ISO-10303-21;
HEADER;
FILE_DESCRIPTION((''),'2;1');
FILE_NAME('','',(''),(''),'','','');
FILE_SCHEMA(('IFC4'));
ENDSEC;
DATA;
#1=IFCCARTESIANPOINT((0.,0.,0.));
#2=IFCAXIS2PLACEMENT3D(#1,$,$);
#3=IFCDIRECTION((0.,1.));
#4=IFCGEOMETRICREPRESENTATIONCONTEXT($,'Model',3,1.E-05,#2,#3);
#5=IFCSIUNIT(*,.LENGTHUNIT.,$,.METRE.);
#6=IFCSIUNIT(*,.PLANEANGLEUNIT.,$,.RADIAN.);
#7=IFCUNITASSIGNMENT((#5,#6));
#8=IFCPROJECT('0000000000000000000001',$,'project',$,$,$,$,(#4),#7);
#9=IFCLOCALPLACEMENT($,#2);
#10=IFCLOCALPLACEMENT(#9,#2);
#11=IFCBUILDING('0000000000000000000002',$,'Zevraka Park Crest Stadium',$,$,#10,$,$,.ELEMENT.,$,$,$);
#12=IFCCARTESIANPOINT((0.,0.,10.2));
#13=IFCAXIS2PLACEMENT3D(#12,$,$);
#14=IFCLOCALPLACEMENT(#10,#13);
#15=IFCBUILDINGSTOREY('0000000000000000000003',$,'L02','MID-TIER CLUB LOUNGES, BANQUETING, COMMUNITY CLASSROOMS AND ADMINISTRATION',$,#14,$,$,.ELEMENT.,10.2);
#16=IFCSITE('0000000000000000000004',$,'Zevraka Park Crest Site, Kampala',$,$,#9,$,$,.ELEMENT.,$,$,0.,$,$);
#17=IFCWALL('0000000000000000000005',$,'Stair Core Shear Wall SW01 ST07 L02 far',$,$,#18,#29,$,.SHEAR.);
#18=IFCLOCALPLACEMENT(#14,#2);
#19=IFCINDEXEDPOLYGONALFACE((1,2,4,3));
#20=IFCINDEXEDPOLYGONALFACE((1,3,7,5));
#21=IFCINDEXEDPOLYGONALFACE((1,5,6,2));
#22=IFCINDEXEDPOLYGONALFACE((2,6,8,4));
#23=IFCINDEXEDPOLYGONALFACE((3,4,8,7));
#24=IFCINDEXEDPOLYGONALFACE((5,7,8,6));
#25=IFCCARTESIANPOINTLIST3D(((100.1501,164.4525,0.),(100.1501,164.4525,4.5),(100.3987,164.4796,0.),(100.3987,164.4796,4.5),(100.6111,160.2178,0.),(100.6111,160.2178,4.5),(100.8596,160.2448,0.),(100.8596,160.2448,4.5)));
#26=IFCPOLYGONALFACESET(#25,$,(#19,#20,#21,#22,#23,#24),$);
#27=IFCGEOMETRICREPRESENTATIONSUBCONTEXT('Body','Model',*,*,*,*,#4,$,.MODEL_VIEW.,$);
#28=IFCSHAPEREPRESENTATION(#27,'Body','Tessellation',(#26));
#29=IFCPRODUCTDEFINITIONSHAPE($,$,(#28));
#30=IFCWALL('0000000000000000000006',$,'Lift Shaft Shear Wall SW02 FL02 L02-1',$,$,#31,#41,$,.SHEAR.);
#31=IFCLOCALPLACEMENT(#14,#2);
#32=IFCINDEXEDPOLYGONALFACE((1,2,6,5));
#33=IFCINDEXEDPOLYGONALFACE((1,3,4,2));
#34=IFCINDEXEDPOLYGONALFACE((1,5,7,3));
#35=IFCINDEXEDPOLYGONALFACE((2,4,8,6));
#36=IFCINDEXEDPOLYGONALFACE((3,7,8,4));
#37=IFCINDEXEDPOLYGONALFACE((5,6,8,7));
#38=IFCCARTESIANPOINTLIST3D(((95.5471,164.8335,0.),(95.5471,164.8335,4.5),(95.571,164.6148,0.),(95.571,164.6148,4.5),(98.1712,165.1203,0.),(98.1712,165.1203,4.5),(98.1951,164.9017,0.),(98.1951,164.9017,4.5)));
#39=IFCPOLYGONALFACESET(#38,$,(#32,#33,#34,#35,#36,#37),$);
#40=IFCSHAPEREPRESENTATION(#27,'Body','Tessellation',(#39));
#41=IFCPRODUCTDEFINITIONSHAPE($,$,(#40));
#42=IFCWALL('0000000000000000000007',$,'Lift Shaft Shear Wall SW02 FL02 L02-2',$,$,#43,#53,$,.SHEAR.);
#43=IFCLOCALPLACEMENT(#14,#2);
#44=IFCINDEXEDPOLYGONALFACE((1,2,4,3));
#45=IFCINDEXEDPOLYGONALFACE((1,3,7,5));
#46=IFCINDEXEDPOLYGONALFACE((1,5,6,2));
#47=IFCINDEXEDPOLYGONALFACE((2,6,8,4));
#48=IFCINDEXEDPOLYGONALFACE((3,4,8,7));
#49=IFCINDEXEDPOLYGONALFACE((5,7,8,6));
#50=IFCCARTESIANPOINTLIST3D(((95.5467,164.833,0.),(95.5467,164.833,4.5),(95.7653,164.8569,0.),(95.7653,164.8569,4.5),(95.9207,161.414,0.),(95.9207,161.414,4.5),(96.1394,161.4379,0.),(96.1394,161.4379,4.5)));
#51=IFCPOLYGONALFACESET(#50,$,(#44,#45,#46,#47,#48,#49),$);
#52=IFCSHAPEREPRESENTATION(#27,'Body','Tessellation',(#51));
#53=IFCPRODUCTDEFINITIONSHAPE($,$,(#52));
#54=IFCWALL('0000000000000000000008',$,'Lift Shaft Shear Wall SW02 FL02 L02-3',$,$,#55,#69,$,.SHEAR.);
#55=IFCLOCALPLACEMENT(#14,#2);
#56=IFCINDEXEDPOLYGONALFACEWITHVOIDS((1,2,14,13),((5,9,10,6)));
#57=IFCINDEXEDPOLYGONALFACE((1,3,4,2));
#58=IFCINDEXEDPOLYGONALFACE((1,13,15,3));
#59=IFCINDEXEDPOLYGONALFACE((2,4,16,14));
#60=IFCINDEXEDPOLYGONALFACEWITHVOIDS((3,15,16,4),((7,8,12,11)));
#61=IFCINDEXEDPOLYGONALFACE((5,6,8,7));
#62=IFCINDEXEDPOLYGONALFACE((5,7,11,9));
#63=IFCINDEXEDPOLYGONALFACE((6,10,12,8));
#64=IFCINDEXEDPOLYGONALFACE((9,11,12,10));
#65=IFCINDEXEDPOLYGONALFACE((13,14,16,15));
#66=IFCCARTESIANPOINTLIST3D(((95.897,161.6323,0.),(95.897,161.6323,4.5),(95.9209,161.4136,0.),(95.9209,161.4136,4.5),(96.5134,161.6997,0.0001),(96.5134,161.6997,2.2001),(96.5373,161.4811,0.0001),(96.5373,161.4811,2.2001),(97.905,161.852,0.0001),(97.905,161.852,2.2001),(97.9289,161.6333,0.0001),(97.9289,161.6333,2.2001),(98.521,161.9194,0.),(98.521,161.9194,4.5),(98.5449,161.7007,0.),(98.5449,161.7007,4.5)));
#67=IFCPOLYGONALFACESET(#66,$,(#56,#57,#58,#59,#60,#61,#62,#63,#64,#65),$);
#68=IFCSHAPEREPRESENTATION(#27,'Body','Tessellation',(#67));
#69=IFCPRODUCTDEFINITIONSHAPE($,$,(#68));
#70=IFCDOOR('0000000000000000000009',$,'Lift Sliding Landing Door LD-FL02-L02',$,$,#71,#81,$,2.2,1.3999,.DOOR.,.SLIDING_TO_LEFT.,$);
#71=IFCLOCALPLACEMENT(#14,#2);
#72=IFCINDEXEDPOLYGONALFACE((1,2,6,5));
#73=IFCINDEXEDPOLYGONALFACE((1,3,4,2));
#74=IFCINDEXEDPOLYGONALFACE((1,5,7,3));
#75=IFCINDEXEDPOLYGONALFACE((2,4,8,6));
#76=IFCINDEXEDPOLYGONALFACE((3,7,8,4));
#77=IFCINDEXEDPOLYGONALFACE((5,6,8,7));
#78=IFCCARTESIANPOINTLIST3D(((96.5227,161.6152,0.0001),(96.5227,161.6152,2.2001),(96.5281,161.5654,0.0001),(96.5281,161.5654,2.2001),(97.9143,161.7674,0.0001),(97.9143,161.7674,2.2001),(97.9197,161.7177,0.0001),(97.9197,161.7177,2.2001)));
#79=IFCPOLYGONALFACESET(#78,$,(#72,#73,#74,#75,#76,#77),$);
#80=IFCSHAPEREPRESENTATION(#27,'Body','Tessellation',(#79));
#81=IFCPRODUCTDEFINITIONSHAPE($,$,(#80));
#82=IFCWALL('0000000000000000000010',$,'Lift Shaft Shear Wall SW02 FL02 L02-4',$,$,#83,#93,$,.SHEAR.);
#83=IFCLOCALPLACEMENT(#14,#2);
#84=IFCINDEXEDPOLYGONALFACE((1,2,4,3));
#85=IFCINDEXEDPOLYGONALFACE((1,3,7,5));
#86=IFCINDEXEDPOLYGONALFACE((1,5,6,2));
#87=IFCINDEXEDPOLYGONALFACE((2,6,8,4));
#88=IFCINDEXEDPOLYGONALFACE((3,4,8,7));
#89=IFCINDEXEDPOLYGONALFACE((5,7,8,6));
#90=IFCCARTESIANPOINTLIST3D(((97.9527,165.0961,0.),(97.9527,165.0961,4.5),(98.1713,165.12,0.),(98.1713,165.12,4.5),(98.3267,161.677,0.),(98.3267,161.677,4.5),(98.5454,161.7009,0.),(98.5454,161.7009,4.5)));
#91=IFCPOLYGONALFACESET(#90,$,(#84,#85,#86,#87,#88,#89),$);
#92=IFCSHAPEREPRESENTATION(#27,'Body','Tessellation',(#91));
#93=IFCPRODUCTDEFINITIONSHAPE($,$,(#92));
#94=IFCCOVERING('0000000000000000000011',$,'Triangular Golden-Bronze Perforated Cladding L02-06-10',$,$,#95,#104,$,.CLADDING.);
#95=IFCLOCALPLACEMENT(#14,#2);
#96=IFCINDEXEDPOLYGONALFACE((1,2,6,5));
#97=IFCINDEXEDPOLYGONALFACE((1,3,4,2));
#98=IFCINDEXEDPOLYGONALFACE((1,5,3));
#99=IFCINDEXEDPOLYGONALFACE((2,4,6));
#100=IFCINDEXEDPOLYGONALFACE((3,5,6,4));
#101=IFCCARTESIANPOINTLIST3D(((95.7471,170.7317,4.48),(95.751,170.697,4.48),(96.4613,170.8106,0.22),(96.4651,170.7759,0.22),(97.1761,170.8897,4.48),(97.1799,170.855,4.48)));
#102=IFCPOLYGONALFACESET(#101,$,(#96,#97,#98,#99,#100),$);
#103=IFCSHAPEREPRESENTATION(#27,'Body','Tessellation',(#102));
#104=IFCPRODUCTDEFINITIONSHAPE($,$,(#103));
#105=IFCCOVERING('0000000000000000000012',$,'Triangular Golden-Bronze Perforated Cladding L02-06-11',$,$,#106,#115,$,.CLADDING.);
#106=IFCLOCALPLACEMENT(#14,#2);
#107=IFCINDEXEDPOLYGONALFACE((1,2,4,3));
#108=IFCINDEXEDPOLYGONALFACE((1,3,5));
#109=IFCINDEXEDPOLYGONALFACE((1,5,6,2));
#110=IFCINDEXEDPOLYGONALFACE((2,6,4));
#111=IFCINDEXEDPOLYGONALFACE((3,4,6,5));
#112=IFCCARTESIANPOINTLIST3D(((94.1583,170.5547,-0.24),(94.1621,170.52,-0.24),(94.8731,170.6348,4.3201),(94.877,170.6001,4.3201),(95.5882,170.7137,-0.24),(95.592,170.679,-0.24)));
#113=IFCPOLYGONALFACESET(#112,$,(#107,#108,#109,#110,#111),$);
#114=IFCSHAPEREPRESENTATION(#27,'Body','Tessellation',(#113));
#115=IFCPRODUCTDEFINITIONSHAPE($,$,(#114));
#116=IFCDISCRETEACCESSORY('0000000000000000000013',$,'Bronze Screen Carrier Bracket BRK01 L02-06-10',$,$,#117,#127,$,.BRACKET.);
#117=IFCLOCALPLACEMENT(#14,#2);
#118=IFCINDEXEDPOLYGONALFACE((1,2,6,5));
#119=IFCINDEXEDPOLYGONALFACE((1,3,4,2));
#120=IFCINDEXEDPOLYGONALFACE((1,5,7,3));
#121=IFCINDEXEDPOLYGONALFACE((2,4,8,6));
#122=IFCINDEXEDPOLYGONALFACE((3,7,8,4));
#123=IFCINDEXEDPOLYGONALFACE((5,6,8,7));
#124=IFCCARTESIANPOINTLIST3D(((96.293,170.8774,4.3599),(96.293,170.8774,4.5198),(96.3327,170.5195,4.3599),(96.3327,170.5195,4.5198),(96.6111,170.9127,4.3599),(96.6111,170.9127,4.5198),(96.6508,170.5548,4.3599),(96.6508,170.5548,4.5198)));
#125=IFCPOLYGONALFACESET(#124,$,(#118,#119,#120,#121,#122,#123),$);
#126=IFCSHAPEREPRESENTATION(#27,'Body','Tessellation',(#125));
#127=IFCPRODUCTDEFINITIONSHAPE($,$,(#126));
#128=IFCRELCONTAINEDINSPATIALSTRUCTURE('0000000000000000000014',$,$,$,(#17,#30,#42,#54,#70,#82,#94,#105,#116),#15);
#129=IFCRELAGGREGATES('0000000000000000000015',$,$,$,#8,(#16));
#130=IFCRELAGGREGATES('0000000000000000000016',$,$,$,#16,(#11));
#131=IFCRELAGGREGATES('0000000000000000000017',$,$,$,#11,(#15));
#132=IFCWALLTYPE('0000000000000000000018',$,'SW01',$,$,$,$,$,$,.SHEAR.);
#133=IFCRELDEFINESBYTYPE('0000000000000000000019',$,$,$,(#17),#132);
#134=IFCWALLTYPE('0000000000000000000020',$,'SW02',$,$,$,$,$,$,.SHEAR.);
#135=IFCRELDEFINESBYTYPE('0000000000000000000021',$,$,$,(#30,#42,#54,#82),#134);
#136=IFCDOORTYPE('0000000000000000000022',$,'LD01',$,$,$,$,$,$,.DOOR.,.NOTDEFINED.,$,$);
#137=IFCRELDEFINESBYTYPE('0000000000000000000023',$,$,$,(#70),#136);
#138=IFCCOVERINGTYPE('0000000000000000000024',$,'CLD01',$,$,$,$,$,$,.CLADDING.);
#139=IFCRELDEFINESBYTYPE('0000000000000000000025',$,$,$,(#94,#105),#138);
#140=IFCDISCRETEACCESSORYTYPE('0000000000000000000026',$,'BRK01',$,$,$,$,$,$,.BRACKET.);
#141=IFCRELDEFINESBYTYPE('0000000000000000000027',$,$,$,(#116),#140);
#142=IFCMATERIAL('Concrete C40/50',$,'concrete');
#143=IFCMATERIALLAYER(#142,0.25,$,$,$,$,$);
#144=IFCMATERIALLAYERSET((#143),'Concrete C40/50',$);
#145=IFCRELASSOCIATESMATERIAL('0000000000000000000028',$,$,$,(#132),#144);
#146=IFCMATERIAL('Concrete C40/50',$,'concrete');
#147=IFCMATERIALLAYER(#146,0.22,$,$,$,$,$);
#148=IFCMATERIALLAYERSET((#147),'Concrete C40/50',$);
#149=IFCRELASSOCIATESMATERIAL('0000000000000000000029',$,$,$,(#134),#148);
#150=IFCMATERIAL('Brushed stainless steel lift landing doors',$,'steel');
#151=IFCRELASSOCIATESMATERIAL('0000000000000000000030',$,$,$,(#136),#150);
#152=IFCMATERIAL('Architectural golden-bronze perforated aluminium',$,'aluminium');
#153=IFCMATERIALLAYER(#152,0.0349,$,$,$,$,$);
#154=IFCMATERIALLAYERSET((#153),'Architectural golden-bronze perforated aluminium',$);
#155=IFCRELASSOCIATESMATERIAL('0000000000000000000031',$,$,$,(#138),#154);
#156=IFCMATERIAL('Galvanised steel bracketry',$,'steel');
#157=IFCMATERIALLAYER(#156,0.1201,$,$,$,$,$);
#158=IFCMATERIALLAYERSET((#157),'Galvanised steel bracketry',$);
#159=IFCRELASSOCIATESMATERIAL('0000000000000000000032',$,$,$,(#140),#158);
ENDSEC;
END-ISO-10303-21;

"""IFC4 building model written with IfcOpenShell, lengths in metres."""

from ifc_helpers import new_model, si_unit, direction, frame, frame_2d, origin, origin_2d, place, context, subcontext, project, spatial, polyline, rectangle, outline, extrude, material, layer, layer_set, type_object, element, fill, save


model = new_model("IFC4")

# Units and contexts
model_context = context("Model", 3, precision=1e-05, world=origin(), true_north=direction((0.0, 1.0)))
body_context = subcontext(model_context, "Body", "Model", "MODEL_VIEW")
ifc_project = project(units=[si_unit("LENGTHUNIT", "METRE"), si_unit("PLANEANGLEUNIT", "RADIAN")], contexts=[model_context])

# Site, building, storey
site_placement = place(None, origin())
site = spatial("IfcSite", under=ifc_project, at=site_placement, Name="Zevraka Park Crest Site, Kampala", CompositionType="ELEMENT", RefElevation=0.0)
building_placement = place(site_placement, origin())
building = spatial("IfcBuilding", under=site, at=building_placement, Name="Zevraka Park Crest Stadium", CompositionType="ELEMENT")
storey_placement = place(building_placement, frame((0.0, 0.0, 10.2)))
storey = spatial("IfcBuildingStorey", under=building, at=storey_placement, Name="L02", Description="MID-TIER CLUB LOUNGES, BANQUETING, COMMUNITY CLASSROOMS AND ADMINISTRATION", CompositionType="ELEMENT", Elevation=10.2)

# Walls
ifc_material_1 = material(Name="Concrete C40/50", Category="concrete")
ifc_layer_1 = layer(ifc_material_1, 0.25)
ifc_layer_set_1 = layer_set([ifc_layer_1], Name="Concrete C40/50")
wall_type_1 = type_object("IfcWallType", Name="SW01", PredefinedType="SHEAR", material=ifc_layer_set_1)
wall_1_placement = place(storey_placement, frame((100.2744, 164.4661, 0.0), z_axis=(0.0, 0.0, 1.0), x_axis=(0.108204, -0.994129, 0.0)))
element("IfcWall", 1, at=wall_1_placement, inside=storey, type_object=wall_type_1, Name="Stair Core Shear Wall SW01 ST07 L02 far", PredefinedType="SHEAR", context=body_context, shape_type="SweptSolid", body=[
    extrude(rectangle(XDim=4.2598, YDim=0.25, at=frame_2d((2.1299, 0.0))), origin(), (0.0, 0.0, 1.0), 4.5),
])
ifc_material_2 = material(Name="Concrete C40/50", Category="concrete")
ifc_layer_2 = layer(ifc_material_2, 0.22)
ifc_layer_set_2 = layer_set([ifc_layer_2], Name="Concrete C40/50")
wall_type_2 = type_object("IfcWallType", Name="SW02", PredefinedType="SHEAR", material=ifc_layer_set_2)
wall_2_placement = place(storey_placement, frame((98.1831, 165.011, 0.0), z_axis=(0.0, 0.0, 1.0), x_axis=(-0.994077, -0.108675, 0.0)))
element("IfcWall", 2, at=wall_2_placement, inside=storey, type_object=wall_type_2, Name="Lift Shaft Shear Wall SW02 FL02 L02-1", PredefinedType="SHEAR", context=body_context, shape_type="SweptSolid", body=[
    extrude(rectangle(XDim=2.6396, YDim=0.22, at=frame_2d((1.3198, 0.0))), origin(), (0.0, 0.0, 1.0), 4.5),
])
wall_3_placement = place(storey_placement, frame((95.656, 164.845, 0.0), z_axis=(0.0, 0.0, 1.0), x_axis=(0.108749, -0.994069, 0.0)))
element("IfcWall", 3, at=wall_3_placement, inside=storey, type_object=wall_type_2, Name="Lift Shaft Shear Wall SW02 FL02 L02-2", PredefinedType="SHEAR", context=body_context, shape_type="SweptSolid", body=[
    extrude(rectangle(XDim=3.4395, YDim=0.22, at=frame_2d((1.7197, 0.0))), origin(), (0.0, 0.0, 1.0), 4.5),
])

# Wall, opening, door
wall_4_placement = place(storey_placement, frame((95.9089, 161.5229, 0.0), z_axis=(0.0, 0.0, 1.0), x_axis=(0.994067, 0.108767, 0.0)))
wall_4 = element("IfcWall", 4, at=wall_4_placement, inside=storey, type_object=wall_type_2, Name="Lift Shaft Shear Wall SW02 FL02 L02-3", PredefinedType="SHEAR", context=body_context, shape_type="SweptSolid", body=[
    extrude(rectangle(XDim=2.6396, YDim=0.22, at=frame_2d((1.3198, 0.0))), origin(), (0.0, 0.0, 1.0), 4.5),
])
opening_placement = place(wall_4_placement, frame((0.6201, 0.0, 0.0)))
opening = element("IfcOpeningElement", 5, at=opening_placement, cuts=wall_4, PredefinedType="OPENING", context=body_context, shape_type="SweptSolid", body=[
    extrude(rectangle(XDim=1.3999, YDim=2.2, at=frame_2d((0.7, 1.1001))), frame((0.0, 0.1199, 0.0), z_axis=(0.0, -1.0, 0.0), x_axis=(1.0, 0.0, 0.0)), (0.0, 0.0, 1.0), 0.24),
])
ifc_material_3 = material(Name="Brushed stainless steel lift landing doors", Category="steel")
door_type = type_object("IfcDoorType", Name="LD01", OperationType="NOTDEFINED", PredefinedType="DOOR", material=ifc_material_3)
door_placement = place(opening_placement, origin())
door = element("IfcDoor", 6, at=door_placement, inside=storey, type_object=door_type, Name="Lift Sliding Landing Door LD-FL02-L02", OperationType="SLIDING_TO_LEFT", OverallHeight=2.2, OverallWidth=1.3999, PredefinedType="DOOR", context=body_context, shape_type="SweptSolid", body=[
    extrude(rectangle(XDim=1.3999, YDim=2.2, at=frame_2d((0.7, 1.1001))), frame((0.0, 0.0249, 0.0), z_axis=(0.0, -1.0, 0.0), x_axis=(1.0, 0.0, 0.0)), (0.0, 0.0, 1.0), 0.05),
])
fill(opening, door)

# Wall
wall_5_placement = place(storey_placement, frame((98.436, 161.689, 0.0), z_axis=(0.0, 0.0, 1.0), x_axis=(-0.108749, 0.994069, 0.0)))
element("IfcWall", 7, at=wall_5_placement, inside=storey, type_object=wall_type_2, Name="Lift Shaft Shear Wall SW02 FL02 L02-4", PredefinedType="SHEAR", context=body_context, shape_type="SweptSolid", body=[
    extrude(rectangle(XDim=3.4395, YDim=0.22, at=frame_2d((1.7197, 0.0))), origin(), (0.0, 0.0, 1.0), 4.5),
])

# Coverings
ifc_material_4 = material(Name="Architectural golden-bronze perforated aluminium", Category="aluminium")
ifc_layer_3 = layer(ifc_material_4, 0.0349)
ifc_layer_set_3 = layer_set([ifc_layer_3], Name="Architectural golden-bronze perforated aluminium")
covering_type = type_object("IfcCoveringType", Name="CLD01", PredefinedType="CLADDING", material=ifc_layer_set_3)
covering_1_placement = place(storey_placement, frame((95.751, 170.697, 4.48), z_axis=(0.109872, -0.993946, 0.000019), x_axis=(0.993946, 0.109872, 0.0)))
element("IfcCovering", 8, at=covering_1_placement, inside=storey, type_object=covering_type, Name="Triangular Golden-Bronze Perforated Cladding L02-06-10", PredefinedType="CLADDING", context=body_context, shape_type="SweptSolid", body=[
    extrude(outline(polyline([(0.0, 0.0), (1.4377, 0.0), (0.7185, -4.26), (0.0, 0.0)])), origin(), (0.0, 0.0, -1.0), 0.0349),
])
covering_2_placement = place(storey_placement, frame((95.592, 170.679, -0.24), z_axis=(0.110469, -0.99388, 0.000136), x_axis=(-0.99388, -0.110469, 0.0)))
element("IfcCovering", 9, at=covering_2_placement, inside=storey, type_object=covering_type, Name="Triangular Golden-Bronze Perforated Cladding L02-06-11", PredefinedType="CLADDING", context=body_context, shape_type="SweptSolid", body=[
    extrude(outline(polyline([(0.0, 0.0), (1.4387, 0.0), (0.7194, -4.5601), (0.0, 0.0)])), origin(), (0.0, 0.0, -1.0), 0.0349),
])

# Discrete accessory
ifc_material_5 = material(Name="Galvanised steel bracketry", Category="steel")
ifc_layer_4 = layer(ifc_material_5, 0.1201)
ifc_layer_set_4 = layer_set([ifc_layer_4], Name="Galvanised steel bracketry")
discrete_accessory_type = type_object("IfcDiscreteAccessoryType", Name="BRK01", PredefinedType="BRACKET", material=ifc_layer_set_4)
discrete_accessory_placement = place(storey_placement, frame((96.4719, 170.7161, 4.3599), z_axis=(0.0, 0.0, 1.0), x_axis=(-0.993903, -0.110255, 0.0)))
element("IfcDiscreteAccessory", 10, at=discrete_accessory_placement, inside=storey, type_object=discrete_accessory_type, Name="Bronze Screen Carrier Bracket BRK01 L02-06-10", PredefinedType="BRACKET", context=body_context, shape_type="SweptSolid", body=[
    extrude(rectangle(XDim=0.3201, YDim=0.3601, at=origin_2d()), origin(), (0.0, 0.0, 1.0), 0.1599),
])

save(model, "model.ifc")
